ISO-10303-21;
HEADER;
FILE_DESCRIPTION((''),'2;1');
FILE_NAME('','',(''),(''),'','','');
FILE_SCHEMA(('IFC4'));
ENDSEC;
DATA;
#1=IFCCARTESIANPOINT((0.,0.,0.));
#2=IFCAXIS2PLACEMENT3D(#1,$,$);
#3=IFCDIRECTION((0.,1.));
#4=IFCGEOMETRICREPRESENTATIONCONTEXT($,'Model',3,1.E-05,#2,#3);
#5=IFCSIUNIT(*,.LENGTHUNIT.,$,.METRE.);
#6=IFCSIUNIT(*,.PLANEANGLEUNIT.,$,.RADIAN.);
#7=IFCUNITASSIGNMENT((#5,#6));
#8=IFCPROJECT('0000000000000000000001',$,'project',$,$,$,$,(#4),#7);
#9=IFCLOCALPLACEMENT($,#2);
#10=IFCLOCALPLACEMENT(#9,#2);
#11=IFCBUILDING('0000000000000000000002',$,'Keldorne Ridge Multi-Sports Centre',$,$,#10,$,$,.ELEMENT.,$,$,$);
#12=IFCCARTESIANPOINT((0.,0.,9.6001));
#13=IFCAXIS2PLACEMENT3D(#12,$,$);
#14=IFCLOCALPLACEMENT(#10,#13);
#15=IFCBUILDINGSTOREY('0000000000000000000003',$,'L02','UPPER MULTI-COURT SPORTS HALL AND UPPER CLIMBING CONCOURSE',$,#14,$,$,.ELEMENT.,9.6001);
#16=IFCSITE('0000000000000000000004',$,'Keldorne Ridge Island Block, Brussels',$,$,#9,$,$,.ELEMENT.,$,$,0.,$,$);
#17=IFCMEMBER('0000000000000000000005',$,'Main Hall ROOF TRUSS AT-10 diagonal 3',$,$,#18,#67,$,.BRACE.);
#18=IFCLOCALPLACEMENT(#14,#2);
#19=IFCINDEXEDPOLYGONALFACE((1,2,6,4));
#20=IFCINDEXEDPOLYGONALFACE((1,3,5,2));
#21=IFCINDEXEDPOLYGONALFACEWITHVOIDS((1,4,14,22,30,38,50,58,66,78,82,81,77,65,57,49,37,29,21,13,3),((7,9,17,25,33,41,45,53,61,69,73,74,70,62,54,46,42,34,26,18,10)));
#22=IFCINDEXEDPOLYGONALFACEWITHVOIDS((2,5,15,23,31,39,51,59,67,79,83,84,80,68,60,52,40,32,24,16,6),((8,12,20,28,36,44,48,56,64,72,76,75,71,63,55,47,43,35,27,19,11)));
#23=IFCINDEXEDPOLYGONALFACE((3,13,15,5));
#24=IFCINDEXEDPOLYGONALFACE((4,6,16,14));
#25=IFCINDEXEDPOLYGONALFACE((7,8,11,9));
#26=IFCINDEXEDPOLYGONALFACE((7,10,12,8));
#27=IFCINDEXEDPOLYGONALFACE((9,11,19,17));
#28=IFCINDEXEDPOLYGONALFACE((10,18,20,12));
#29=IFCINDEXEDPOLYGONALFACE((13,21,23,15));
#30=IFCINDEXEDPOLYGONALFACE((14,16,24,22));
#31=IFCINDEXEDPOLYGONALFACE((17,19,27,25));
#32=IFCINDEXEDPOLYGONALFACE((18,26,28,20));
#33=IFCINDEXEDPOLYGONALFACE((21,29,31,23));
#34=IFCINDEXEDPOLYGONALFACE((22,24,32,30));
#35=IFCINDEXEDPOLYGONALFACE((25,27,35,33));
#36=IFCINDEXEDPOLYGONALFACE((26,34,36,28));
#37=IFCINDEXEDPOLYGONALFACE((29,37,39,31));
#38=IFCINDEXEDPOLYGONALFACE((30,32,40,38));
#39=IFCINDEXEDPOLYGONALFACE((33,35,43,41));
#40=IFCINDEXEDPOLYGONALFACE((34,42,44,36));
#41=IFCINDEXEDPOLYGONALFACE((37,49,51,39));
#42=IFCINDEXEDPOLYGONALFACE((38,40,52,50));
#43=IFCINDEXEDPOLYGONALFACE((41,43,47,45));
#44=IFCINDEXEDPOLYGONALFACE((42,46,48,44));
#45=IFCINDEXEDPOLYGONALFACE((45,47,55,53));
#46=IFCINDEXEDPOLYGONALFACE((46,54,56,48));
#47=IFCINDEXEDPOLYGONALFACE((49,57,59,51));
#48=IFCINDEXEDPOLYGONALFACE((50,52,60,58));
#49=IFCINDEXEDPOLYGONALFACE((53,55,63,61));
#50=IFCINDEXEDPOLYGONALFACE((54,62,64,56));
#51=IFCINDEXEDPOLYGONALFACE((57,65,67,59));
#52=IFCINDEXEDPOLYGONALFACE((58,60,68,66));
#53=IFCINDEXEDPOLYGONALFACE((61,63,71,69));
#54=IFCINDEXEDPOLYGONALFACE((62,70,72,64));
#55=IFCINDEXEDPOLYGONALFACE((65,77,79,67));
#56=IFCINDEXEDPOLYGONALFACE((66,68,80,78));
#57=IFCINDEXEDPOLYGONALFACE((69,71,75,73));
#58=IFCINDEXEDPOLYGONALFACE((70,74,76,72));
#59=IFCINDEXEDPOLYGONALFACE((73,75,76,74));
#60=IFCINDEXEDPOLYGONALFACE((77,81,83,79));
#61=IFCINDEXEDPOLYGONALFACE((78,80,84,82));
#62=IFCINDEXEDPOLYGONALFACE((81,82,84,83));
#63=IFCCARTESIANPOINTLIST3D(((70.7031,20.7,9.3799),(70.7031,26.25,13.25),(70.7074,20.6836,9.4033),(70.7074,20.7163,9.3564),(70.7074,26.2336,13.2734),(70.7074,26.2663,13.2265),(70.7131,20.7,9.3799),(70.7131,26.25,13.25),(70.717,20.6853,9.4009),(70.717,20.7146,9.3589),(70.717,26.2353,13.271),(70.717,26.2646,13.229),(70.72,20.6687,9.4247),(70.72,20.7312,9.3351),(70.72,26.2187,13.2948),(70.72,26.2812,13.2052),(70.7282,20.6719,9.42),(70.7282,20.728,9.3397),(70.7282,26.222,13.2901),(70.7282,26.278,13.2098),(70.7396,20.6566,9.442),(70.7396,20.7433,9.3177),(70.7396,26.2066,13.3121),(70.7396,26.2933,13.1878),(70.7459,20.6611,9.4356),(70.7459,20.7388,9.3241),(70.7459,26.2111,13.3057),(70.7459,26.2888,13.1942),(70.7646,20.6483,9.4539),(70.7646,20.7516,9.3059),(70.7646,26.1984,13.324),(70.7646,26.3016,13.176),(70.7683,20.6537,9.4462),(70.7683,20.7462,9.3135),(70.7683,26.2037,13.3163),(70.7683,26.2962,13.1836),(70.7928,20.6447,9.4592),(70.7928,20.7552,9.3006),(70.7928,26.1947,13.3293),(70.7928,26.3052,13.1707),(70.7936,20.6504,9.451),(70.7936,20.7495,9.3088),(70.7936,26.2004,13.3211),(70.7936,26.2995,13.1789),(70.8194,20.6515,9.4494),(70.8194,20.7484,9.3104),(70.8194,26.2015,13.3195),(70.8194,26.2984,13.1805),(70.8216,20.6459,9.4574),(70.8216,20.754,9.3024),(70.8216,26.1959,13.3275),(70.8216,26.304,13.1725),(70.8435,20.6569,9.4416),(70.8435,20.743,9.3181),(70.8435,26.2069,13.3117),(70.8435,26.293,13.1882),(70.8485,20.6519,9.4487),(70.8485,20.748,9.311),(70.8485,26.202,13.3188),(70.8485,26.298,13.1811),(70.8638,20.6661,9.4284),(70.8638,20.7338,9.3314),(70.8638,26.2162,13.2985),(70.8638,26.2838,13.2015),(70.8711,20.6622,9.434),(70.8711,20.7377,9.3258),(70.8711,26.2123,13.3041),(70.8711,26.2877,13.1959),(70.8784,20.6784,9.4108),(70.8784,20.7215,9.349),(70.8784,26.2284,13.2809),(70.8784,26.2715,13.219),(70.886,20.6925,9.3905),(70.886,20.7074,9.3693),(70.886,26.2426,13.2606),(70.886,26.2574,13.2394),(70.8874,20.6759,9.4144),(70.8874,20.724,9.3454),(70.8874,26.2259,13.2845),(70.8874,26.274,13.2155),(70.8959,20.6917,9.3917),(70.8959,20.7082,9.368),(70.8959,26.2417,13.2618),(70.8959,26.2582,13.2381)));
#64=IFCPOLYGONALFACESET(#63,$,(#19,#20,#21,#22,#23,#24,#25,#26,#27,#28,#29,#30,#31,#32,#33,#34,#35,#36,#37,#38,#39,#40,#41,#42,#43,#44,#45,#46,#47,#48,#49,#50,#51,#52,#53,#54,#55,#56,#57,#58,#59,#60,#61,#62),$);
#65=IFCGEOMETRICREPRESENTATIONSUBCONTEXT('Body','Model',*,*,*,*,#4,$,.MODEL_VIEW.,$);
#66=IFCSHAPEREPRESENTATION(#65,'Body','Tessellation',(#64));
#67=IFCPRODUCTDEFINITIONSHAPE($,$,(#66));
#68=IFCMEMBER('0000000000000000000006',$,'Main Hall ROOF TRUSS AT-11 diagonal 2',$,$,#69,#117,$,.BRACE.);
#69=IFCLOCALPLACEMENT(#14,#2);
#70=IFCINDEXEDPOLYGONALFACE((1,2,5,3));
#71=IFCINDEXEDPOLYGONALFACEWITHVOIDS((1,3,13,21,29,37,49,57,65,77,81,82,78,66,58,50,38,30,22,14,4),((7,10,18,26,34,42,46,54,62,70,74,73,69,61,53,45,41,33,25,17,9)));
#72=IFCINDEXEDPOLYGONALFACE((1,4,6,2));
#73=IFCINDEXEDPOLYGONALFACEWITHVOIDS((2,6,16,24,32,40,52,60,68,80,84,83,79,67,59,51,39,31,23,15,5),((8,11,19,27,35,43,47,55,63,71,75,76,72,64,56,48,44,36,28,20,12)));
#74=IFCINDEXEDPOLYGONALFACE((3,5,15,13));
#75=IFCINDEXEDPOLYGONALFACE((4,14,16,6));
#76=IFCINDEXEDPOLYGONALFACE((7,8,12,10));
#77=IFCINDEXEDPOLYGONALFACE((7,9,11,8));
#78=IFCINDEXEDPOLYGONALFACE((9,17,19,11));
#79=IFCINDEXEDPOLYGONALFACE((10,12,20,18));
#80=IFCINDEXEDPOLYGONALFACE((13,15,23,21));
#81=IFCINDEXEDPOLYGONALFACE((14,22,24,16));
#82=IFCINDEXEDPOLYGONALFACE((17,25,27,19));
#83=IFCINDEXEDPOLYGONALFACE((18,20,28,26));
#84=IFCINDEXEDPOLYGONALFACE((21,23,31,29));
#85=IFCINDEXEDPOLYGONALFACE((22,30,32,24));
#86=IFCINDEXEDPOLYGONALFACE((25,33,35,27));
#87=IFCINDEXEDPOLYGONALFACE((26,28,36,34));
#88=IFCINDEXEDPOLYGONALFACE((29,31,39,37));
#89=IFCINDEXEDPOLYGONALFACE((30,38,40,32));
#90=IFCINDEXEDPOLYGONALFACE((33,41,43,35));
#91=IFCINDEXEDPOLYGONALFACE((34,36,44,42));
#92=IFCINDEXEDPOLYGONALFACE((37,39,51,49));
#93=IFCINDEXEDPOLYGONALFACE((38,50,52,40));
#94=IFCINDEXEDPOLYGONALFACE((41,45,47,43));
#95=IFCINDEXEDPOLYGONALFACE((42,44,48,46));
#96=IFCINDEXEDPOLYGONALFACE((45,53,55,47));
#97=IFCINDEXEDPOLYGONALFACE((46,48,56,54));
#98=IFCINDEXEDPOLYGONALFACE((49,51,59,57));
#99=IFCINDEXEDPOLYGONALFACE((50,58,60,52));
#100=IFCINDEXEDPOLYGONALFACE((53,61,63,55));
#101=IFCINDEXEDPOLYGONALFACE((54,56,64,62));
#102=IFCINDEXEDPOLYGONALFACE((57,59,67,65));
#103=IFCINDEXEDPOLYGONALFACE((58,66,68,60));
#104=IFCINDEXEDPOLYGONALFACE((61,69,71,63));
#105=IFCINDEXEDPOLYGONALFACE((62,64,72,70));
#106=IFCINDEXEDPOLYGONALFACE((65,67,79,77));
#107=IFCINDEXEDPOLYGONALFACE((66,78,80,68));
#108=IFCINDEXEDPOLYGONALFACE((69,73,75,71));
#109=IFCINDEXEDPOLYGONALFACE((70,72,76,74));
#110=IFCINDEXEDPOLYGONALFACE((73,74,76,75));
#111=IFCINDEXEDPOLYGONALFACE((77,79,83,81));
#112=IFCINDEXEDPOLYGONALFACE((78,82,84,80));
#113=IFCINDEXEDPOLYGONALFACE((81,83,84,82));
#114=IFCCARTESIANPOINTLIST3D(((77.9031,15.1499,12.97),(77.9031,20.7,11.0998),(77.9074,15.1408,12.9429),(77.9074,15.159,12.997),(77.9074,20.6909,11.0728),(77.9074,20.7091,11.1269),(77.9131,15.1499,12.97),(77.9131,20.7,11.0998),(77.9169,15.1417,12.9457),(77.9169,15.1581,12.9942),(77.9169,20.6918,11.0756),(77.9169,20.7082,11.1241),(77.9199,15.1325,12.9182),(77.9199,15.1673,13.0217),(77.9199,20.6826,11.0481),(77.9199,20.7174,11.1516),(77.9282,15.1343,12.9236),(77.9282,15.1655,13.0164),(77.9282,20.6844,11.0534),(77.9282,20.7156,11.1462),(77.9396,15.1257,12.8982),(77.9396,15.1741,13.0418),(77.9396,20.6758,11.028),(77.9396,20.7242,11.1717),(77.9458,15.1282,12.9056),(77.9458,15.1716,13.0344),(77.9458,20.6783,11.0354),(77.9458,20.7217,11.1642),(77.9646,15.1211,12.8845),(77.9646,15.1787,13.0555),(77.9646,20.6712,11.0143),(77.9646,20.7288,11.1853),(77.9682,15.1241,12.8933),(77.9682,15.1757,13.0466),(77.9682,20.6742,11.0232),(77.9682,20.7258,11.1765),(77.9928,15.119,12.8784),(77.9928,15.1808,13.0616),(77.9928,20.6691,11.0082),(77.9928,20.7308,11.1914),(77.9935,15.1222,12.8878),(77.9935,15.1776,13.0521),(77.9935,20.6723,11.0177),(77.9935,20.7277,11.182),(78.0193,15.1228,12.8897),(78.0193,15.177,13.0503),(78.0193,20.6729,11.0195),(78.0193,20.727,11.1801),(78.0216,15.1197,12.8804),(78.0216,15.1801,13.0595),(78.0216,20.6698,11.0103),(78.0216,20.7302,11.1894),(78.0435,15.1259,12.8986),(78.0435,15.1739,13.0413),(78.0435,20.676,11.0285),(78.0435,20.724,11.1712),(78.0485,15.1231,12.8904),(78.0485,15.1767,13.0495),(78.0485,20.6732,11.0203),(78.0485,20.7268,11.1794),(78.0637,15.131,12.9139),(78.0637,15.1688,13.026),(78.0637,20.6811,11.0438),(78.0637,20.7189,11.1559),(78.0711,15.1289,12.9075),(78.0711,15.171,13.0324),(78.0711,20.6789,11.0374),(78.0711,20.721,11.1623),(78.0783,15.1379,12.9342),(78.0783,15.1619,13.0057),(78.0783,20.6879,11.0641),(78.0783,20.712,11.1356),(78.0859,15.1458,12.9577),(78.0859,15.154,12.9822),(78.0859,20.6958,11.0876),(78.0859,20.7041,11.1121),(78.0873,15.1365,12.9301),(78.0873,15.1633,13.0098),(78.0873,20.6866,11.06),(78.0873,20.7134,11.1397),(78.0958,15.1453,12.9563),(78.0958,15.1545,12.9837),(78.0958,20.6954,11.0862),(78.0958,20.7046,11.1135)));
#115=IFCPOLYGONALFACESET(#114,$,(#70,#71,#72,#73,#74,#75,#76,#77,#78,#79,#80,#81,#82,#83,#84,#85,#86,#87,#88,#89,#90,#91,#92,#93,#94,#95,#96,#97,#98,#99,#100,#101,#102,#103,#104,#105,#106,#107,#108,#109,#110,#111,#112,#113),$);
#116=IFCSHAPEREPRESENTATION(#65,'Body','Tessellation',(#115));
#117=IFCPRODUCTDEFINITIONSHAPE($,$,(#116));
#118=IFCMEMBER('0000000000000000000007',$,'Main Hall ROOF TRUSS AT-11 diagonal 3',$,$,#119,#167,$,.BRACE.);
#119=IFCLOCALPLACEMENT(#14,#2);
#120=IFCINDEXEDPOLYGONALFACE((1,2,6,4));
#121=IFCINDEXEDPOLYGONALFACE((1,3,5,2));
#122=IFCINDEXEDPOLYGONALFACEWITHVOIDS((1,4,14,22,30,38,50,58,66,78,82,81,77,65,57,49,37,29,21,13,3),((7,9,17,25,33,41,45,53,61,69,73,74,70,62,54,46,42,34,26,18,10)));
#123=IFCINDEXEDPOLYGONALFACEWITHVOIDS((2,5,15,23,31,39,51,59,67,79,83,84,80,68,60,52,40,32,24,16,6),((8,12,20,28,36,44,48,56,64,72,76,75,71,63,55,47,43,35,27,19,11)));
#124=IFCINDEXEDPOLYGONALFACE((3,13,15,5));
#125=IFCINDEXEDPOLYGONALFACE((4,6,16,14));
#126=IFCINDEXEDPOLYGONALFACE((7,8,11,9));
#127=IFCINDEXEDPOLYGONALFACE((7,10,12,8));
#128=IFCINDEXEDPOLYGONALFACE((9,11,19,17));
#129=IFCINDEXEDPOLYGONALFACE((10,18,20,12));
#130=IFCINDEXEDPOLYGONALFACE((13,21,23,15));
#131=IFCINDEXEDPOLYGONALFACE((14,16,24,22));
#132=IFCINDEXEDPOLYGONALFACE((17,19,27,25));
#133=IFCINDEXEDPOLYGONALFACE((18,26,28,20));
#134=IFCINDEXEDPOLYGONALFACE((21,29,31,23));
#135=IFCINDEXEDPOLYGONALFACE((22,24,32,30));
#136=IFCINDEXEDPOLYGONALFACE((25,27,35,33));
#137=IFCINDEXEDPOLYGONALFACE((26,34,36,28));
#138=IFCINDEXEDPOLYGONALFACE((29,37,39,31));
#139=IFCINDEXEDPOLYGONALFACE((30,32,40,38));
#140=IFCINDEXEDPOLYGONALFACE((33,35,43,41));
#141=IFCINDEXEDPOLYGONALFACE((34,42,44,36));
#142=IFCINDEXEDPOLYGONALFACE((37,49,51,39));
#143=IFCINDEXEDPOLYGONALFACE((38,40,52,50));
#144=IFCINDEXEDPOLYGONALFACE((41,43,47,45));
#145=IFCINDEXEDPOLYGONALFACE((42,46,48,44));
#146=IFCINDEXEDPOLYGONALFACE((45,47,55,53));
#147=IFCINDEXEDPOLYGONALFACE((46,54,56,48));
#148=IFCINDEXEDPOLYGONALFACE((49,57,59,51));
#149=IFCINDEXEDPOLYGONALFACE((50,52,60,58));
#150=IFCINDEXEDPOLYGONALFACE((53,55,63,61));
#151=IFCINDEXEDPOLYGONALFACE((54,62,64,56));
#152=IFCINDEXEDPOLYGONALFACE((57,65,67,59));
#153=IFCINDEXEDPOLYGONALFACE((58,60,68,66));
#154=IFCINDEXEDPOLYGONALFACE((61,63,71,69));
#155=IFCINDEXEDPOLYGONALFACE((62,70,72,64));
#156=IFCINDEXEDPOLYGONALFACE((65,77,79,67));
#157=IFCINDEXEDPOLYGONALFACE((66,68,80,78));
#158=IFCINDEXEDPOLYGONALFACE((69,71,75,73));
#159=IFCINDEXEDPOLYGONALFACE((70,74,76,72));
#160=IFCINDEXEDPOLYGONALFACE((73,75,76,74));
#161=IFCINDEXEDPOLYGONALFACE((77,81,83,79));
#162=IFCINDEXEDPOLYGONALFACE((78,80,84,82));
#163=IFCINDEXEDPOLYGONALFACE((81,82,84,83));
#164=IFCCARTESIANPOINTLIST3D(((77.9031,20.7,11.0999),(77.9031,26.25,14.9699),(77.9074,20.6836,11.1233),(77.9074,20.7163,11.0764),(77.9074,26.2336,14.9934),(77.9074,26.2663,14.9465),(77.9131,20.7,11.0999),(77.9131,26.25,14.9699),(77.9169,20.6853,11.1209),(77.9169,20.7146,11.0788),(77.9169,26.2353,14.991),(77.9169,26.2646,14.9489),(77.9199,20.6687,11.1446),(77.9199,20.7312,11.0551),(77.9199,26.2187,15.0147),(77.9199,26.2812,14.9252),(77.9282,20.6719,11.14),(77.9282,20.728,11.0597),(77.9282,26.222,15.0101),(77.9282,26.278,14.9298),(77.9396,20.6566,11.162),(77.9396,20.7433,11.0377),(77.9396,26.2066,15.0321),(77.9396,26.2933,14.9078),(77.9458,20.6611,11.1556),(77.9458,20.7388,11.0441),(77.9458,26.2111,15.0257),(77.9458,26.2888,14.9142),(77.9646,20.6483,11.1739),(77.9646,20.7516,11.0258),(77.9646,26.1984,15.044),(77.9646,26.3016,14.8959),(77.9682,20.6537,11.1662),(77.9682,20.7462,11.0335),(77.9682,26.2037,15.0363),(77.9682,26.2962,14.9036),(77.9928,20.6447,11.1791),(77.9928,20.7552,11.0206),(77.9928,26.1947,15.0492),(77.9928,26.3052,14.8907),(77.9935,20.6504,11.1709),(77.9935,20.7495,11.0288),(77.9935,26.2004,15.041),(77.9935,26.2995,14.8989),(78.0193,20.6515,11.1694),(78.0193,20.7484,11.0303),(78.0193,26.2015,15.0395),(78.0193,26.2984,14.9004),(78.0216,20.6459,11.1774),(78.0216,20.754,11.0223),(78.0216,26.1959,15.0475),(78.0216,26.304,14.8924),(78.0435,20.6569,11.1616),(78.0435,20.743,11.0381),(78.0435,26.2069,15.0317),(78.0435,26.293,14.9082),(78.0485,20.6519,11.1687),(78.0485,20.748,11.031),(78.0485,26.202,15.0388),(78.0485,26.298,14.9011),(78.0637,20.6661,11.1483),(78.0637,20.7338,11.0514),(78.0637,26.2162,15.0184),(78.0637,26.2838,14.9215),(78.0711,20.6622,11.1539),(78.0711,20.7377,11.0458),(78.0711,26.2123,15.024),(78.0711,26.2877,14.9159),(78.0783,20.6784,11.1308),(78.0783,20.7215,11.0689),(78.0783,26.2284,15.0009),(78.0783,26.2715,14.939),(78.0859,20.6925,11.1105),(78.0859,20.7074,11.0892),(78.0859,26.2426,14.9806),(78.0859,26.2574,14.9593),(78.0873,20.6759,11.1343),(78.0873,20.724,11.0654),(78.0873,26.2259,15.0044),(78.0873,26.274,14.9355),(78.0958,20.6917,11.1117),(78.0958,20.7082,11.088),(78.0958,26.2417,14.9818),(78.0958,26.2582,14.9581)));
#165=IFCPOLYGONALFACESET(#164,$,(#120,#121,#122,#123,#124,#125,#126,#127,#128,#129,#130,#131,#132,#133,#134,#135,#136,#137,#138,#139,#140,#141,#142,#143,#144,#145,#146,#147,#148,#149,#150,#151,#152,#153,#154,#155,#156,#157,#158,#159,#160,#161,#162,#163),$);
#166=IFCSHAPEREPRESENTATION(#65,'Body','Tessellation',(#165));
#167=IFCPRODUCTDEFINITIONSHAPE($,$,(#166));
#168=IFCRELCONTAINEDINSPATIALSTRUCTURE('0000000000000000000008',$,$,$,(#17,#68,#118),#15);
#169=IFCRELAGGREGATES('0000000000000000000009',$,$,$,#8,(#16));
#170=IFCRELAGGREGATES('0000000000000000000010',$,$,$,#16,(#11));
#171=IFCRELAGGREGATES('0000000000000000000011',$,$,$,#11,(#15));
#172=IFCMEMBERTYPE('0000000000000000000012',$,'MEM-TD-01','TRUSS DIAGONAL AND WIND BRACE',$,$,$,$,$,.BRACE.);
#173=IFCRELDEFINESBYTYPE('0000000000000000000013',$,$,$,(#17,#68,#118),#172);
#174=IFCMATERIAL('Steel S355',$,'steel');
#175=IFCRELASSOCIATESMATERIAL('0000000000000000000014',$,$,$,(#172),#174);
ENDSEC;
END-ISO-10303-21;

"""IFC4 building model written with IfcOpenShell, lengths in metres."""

from ifc_helpers import new_model, si_unit, direction, frame, origin, origin_2d, place, context, subcontext, project, spatial, hollow_circle, extrude, material, material_profile, profile_set, type_object, element, save


model = new_model("IFC4")

# Units and contexts
model_context = context("Model", 3, precision=1e-05, world=origin(), true_north=direction((0.0, 1.0)))
body_context = subcontext(model_context, "Body", "Model", "MODEL_VIEW")
ifc_project = project(units=[si_unit("LENGTHUNIT", "METRE"), si_unit("PLANEANGLEUNIT", "RADIAN")], contexts=[model_context])

# Site, building, storey
site_placement = place(None, origin())
site = spatial("IfcSite", under=ifc_project, at=site_placement, Name="Keldorne Ridge Island Block, Brussels", CompositionType="ELEMENT", RefElevation=0.0)
building_placement = place(site_placement, origin())
building = spatial("IfcBuilding", under=site, at=building_placement, Name="Keldorne Ridge Multi-Sports Centre", CompositionType="ELEMENT")
storey_placement = place(building_placement, frame((0.0, 0.0, 9.6001)))
storey = spatial("IfcBuildingStorey", under=building, at=storey_placement, Name="L02", Description="UPPER MULTI-COURT SPORTS HALL AND UPPER CLIMBING CONCOURSE", CompositionType="ELEMENT", Elevation=9.6001)

# Shared definitions
ifc_material = material(Name="Steel S355", Category="steel")

# Members
ifc_material_profile_1 = material_profile(ifc_material, hollow_circle(Radius=0.0969, WallThickness=0.01, at=origin_2d()), Name="CHS 193.7x10")
ifc_profile_set_1 = profile_set([ifc_material_profile_1], Name="Steel S355")
member_type_1 = type_object("IfcMemberType", Name="MEM-TD-01", Description="TRUSS DIAGONAL AND WIND BRACE", PredefinedType="BRACE", material=ifc_profile_set_1)
member_1_placement = place(storey_placement, frame((70.8, 20.7, 9.3799), z_axis=(0.0, 0.820266, 0.571982), x_axis=(-1.0, 0.0, 0.0)))
element("IfcMember", 1, at=member_1_placement, inside=storey, type_object=member_type_1, Name="Main Hall ROOF TRUSS AT-10 diagonal 3", PredefinedType="BRACE", context=body_context, shape_type="SweptSolid", body=[
    extrude(hollow_circle(Radius=0.0969, WallThickness=0.01, at=origin_2d()), origin(), (0.0, 0.0, 1.0), 6.7661),
])
member_2_placement = place(storey_placement, frame((78.0, 15.1499, 12.97), z_axis=(0.0, 0.947649, -0.319315), x_axis=(-1.0, 0.0, 0.0)))
element("IfcMember", 2, at=member_2_placement, inside=storey, type_object=member_type_1, Name="Main Hall ROOF TRUSS AT-11 diagonal 2", PredefinedType="BRACE", context=body_context, shape_type="SweptSolid", body=[
    extrude(hollow_circle(Radius=0.0969, WallThickness=0.01, at=origin_2d()), origin(), (0.0, 0.0, 1.0), 5.8567),
])
member_3_placement = place(storey_placement, frame((78.0, 20.7, 11.0999), z_axis=(0.0, 0.820266, 0.571982), x_axis=(-1.0, 0.0, 0.0)))
element("IfcMember", 3, at=member_3_placement, inside=storey, type_object=member_type_1, Name="Main Hall ROOF TRUSS AT-11 diagonal 3", PredefinedType="BRACE", context=body_context, shape_type="SweptSolid", body=[
    extrude(hollow_circle(Radius=0.0969, WallThickness=0.01, at=origin_2d()), origin(), (0.0, 0.0, 1.0), 6.7661),
])

save(model, "model.ifc")
